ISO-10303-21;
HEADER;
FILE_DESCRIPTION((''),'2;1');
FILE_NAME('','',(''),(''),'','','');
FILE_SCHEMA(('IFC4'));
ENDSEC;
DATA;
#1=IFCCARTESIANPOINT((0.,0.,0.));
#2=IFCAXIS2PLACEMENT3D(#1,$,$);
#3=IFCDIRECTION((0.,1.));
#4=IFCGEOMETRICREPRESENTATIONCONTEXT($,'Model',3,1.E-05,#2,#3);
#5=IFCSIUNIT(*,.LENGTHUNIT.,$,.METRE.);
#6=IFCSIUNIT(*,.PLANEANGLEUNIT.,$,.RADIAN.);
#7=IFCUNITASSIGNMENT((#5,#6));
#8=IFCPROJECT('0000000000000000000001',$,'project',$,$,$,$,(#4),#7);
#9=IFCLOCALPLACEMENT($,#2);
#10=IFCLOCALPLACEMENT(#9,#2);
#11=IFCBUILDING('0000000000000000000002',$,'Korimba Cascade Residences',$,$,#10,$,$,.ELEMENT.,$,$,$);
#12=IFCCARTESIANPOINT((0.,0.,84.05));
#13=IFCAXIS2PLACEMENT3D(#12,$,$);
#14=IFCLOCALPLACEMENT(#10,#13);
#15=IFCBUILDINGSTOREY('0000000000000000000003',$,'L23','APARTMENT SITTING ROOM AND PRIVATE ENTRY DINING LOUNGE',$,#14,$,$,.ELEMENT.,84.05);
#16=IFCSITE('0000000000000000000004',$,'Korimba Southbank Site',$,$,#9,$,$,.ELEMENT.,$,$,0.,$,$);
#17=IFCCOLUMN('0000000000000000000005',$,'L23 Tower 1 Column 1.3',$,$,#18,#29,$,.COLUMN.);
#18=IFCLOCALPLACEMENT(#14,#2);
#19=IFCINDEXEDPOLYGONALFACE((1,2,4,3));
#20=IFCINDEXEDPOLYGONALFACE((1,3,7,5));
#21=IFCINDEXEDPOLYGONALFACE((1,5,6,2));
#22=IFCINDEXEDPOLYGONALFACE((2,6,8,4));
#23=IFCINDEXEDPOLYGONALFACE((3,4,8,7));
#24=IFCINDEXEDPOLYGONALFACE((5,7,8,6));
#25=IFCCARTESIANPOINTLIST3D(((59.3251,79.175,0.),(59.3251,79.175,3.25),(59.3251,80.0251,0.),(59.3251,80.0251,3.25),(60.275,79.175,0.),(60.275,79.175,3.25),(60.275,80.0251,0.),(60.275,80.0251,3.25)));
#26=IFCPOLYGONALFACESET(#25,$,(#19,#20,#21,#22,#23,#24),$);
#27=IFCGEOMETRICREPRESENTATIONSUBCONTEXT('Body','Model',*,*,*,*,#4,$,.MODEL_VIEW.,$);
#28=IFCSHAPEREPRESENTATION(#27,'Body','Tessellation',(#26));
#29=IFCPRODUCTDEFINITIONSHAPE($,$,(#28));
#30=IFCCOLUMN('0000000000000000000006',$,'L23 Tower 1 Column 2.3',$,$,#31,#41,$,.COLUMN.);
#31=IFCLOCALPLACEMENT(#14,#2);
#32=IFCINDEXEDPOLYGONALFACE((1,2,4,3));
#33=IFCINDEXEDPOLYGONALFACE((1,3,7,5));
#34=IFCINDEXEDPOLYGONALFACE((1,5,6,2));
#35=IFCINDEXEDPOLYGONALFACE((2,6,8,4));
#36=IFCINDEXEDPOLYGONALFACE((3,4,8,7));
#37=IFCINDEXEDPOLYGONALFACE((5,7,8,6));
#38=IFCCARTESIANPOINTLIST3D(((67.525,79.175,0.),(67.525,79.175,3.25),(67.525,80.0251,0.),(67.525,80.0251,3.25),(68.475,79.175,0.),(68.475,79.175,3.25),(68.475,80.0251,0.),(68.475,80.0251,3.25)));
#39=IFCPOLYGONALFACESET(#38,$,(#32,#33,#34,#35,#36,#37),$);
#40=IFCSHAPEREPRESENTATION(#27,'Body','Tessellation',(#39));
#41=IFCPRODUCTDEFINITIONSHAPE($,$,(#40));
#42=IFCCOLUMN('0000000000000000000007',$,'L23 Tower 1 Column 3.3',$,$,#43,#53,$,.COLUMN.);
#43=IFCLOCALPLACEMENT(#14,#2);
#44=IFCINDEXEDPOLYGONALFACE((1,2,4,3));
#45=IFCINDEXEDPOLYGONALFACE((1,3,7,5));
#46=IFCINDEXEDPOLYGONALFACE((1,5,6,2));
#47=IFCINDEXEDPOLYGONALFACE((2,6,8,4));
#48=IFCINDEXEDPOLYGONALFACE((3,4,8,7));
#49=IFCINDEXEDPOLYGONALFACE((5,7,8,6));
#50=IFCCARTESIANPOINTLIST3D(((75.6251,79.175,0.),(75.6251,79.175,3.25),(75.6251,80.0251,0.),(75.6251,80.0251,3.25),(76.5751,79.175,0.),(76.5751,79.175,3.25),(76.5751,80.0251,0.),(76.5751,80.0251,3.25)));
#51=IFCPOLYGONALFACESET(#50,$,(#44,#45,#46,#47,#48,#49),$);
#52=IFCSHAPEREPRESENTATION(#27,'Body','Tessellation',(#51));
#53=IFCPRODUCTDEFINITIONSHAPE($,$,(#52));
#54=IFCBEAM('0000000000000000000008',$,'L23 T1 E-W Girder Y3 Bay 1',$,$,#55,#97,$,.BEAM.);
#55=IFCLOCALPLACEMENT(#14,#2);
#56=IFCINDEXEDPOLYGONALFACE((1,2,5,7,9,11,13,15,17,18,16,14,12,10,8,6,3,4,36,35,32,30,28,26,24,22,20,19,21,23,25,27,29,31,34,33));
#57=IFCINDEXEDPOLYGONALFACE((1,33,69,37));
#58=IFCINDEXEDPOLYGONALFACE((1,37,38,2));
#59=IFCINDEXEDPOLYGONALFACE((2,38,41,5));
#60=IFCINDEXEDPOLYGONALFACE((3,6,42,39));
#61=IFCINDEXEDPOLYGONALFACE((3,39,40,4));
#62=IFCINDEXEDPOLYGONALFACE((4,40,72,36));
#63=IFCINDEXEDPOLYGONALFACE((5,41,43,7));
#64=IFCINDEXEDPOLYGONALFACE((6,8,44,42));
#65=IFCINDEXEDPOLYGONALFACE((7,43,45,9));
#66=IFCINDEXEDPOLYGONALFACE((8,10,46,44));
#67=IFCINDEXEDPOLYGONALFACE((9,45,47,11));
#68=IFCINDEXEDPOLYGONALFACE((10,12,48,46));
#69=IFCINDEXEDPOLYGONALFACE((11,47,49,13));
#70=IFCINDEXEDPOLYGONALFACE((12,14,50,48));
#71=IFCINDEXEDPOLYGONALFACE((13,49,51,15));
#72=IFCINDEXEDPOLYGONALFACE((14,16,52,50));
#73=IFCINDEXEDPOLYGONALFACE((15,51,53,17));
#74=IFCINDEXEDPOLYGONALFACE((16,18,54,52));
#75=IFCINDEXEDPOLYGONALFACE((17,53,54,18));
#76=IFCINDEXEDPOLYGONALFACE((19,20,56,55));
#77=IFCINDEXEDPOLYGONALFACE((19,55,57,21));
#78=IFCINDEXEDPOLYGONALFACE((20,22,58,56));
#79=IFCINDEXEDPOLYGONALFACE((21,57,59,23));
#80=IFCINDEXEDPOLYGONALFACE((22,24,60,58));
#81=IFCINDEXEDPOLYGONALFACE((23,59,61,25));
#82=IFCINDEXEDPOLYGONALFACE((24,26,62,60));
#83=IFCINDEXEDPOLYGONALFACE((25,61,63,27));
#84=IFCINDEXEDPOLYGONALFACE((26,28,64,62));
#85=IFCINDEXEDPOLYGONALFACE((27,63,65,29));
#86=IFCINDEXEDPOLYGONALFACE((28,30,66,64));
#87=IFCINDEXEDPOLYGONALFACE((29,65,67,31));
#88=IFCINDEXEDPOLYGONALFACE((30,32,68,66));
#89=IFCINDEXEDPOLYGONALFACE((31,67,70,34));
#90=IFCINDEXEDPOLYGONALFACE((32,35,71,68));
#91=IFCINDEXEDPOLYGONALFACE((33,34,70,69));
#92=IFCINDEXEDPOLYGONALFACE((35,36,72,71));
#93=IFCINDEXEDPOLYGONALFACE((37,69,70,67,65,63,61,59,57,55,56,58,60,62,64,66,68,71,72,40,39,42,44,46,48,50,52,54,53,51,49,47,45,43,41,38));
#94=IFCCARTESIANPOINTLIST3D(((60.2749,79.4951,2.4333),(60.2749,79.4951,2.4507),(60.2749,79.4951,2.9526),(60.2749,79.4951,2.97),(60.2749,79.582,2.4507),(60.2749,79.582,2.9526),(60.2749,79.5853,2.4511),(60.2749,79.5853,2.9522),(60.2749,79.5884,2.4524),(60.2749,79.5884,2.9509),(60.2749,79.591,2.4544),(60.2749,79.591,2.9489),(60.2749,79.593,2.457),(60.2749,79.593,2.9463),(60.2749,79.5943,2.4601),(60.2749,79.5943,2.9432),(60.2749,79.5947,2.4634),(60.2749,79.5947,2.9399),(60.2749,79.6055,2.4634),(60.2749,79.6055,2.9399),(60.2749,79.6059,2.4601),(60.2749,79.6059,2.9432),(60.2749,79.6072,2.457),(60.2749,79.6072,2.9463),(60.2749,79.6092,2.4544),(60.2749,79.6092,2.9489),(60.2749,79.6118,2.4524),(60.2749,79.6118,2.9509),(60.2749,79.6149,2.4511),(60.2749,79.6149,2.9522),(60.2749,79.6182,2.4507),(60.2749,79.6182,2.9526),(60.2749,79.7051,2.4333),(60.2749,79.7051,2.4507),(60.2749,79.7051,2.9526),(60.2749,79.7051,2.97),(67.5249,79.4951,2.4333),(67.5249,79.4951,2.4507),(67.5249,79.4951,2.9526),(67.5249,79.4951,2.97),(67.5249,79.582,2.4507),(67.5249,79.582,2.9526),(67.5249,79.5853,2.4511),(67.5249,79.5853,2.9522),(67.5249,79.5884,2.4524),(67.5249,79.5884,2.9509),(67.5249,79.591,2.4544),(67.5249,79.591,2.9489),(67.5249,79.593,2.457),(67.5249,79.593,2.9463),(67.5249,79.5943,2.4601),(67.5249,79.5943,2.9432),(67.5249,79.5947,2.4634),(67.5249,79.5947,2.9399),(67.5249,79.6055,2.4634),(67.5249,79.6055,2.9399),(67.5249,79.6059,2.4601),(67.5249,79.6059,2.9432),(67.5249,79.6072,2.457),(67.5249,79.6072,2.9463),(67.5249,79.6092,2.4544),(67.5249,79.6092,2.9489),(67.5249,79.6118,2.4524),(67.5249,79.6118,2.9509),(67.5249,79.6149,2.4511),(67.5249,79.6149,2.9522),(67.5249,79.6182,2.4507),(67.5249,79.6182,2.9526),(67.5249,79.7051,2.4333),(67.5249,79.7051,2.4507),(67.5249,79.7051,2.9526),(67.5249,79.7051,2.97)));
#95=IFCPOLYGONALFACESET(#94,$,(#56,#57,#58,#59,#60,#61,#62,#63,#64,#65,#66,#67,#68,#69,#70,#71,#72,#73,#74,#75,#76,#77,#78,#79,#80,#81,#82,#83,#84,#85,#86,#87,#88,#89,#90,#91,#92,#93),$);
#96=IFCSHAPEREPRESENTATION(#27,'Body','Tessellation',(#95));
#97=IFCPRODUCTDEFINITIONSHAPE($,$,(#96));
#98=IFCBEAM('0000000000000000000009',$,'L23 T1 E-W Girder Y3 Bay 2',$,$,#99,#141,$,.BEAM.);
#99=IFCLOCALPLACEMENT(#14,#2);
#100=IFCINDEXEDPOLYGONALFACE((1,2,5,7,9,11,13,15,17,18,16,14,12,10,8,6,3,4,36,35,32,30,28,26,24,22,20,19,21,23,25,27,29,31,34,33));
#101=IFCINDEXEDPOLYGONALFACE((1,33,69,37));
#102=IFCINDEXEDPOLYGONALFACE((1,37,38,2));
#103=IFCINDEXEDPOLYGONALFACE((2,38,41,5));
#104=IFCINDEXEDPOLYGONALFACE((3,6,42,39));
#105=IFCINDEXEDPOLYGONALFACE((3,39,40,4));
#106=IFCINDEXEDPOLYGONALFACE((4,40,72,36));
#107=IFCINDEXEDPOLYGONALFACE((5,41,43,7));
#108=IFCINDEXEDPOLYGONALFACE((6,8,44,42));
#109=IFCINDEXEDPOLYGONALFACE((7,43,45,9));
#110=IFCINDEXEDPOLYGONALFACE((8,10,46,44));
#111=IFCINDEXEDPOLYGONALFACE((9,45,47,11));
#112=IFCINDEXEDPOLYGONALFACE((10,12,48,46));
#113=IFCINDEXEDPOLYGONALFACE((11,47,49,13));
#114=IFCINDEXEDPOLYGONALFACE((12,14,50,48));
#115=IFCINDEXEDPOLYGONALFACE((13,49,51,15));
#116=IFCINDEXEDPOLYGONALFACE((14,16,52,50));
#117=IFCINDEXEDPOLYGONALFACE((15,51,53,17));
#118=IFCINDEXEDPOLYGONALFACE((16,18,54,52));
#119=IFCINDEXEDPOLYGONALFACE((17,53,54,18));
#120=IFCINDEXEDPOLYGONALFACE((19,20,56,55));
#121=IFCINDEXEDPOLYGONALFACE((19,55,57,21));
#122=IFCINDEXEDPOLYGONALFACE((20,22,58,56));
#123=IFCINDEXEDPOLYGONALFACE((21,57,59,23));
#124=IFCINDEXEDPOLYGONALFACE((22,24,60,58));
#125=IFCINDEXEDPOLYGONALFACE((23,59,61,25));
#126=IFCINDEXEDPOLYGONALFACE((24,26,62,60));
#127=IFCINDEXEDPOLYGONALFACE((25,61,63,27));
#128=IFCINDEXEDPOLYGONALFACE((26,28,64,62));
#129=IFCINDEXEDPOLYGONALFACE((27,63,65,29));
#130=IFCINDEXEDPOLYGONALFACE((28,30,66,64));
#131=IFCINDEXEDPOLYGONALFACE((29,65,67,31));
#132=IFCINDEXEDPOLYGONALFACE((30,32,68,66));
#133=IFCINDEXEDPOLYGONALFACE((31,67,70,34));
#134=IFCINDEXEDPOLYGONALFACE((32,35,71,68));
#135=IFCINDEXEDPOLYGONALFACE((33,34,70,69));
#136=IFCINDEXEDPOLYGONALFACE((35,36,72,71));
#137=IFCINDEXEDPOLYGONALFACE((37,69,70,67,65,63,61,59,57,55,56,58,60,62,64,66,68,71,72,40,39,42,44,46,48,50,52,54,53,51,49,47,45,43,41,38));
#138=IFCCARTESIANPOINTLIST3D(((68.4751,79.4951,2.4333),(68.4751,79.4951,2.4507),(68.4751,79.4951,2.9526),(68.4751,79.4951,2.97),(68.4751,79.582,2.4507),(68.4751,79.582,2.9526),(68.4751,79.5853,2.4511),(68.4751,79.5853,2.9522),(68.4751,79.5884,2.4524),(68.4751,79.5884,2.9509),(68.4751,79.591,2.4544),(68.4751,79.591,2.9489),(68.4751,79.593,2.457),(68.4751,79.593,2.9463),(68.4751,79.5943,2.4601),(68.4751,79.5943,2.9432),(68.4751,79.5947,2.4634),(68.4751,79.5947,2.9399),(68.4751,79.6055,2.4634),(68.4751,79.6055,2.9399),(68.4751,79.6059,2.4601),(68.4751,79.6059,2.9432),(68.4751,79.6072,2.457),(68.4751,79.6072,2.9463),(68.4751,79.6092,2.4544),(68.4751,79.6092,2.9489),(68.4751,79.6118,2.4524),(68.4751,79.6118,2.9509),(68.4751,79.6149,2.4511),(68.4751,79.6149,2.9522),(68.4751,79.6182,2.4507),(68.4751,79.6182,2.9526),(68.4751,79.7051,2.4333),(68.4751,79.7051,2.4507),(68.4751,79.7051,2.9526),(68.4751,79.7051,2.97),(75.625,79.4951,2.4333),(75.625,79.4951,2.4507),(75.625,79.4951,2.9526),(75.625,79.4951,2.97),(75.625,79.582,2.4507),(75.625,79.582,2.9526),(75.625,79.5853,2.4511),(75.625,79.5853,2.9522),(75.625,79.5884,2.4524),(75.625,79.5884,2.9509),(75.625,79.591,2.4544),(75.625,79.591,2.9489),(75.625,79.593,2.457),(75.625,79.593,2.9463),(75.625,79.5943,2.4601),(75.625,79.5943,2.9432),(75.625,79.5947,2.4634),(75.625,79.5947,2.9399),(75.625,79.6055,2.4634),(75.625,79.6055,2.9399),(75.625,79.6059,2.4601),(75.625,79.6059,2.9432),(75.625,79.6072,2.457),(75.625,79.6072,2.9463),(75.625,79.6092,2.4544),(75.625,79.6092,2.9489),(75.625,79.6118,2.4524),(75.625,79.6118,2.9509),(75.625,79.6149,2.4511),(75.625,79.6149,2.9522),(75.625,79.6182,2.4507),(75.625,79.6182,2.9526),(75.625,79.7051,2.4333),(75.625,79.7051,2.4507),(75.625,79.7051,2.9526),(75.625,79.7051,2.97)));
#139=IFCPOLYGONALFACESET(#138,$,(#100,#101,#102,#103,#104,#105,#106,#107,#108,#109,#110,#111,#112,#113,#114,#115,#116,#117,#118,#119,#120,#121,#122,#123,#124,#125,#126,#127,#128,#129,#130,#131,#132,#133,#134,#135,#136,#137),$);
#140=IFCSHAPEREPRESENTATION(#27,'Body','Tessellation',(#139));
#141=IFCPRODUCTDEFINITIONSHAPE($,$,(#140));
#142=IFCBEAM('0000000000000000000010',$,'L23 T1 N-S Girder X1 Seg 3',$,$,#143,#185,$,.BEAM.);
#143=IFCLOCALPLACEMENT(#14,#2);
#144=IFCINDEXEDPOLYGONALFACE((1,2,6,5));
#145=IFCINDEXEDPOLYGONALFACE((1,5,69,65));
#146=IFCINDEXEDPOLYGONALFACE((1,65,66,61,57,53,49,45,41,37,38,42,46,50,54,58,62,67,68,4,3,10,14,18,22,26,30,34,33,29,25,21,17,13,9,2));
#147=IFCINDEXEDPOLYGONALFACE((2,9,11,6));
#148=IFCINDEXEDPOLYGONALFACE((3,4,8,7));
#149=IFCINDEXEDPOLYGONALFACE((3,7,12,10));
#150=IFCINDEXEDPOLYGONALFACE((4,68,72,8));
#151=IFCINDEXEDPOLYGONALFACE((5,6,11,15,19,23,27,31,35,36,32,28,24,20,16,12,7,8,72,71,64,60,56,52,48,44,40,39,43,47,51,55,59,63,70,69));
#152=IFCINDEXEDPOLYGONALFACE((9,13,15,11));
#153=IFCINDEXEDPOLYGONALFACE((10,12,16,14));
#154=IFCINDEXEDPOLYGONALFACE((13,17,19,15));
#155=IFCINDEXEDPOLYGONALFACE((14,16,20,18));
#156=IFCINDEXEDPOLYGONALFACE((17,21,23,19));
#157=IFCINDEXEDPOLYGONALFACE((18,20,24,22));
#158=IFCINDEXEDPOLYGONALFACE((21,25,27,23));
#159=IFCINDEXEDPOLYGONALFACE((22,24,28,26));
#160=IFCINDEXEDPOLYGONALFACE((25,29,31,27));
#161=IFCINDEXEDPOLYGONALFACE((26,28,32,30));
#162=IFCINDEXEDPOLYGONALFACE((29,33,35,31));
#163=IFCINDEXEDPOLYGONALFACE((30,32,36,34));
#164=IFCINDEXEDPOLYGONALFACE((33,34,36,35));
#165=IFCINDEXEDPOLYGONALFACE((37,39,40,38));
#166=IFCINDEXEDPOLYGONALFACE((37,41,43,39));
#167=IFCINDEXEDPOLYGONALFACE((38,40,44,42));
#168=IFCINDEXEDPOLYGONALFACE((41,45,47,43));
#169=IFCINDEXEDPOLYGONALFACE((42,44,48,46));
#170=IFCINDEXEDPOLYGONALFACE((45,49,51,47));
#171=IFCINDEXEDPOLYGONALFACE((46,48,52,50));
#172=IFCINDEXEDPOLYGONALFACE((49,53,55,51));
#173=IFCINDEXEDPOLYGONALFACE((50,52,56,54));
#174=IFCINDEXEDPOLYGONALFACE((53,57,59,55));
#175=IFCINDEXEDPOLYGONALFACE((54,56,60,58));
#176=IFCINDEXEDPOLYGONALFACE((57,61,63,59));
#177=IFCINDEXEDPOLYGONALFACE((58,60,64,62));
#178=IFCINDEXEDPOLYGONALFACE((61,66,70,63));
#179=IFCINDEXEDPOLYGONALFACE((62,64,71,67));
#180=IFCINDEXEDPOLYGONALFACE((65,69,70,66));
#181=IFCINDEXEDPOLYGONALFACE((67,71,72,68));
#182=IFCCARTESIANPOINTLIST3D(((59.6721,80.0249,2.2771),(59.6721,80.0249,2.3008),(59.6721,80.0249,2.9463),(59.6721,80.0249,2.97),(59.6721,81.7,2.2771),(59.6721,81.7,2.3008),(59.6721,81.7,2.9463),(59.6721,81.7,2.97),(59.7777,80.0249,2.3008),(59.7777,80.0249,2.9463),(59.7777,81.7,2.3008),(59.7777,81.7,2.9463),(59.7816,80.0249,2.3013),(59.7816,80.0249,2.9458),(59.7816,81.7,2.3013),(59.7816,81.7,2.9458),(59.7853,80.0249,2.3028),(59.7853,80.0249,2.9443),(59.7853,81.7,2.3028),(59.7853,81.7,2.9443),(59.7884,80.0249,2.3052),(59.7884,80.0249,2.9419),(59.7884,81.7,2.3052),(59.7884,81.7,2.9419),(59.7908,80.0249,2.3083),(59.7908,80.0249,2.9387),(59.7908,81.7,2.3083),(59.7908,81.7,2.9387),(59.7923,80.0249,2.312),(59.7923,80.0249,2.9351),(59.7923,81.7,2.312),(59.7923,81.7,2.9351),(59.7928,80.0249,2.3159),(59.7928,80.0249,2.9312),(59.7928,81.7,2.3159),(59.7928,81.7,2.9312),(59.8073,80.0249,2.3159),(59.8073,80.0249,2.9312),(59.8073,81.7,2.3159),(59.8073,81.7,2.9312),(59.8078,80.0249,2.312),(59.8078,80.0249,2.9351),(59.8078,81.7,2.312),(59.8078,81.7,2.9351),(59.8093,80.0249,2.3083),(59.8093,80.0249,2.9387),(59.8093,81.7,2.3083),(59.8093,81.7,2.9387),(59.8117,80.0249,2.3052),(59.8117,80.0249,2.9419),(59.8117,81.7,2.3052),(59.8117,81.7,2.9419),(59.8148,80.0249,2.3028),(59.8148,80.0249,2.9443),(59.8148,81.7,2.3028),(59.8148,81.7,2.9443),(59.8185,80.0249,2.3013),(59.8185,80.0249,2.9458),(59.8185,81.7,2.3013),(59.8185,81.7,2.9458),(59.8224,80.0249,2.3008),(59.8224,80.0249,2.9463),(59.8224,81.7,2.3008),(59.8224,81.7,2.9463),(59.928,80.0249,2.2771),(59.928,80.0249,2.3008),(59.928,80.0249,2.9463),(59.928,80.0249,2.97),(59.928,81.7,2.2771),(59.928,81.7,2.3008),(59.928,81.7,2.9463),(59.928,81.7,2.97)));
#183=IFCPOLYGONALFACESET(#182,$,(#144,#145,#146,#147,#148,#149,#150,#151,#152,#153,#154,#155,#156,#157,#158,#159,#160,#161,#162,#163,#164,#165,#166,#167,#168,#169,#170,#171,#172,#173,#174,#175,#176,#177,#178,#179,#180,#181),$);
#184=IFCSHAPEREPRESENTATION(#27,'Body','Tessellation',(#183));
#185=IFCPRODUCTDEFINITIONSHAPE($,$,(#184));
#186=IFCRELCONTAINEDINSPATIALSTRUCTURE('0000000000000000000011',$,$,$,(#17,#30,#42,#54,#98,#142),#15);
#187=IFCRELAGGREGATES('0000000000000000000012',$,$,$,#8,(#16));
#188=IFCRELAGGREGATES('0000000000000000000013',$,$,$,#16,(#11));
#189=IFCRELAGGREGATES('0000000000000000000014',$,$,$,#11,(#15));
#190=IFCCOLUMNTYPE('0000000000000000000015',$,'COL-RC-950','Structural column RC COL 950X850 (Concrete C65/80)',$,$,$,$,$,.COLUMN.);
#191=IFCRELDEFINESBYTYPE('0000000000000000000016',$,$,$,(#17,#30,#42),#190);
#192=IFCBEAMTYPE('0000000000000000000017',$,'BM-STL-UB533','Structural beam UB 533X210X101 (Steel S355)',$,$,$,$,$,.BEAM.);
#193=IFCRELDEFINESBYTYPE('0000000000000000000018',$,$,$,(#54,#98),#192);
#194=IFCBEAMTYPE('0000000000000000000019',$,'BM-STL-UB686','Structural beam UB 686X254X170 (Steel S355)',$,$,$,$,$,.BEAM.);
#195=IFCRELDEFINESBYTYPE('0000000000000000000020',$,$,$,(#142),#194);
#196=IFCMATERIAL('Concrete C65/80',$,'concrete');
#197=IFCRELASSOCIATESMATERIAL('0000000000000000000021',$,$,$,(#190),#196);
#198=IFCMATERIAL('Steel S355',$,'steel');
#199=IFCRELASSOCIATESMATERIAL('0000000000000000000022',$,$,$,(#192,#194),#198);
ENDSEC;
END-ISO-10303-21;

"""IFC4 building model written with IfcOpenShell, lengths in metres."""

from ifc_helpers import new_model, si_unit, direction, frame, origin, origin_2d, place, context, subcontext, project, spatial, rectangle, i_section, extrude, material, material_profile, profile_set, type_object, element, save


model = new_model("IFC4")

# Units and contexts
model_context = context("Model", 3, precision=1e-05, world=origin(), true_north=direction((0.0, 1.0)))
body_context = subcontext(model_context, "Body", "Model", "MODEL_VIEW")
ifc_project = project(units=[si_unit("LENGTHUNIT", "METRE"), si_unit("PLANEANGLEUNIT", "RADIAN")], contexts=[model_context])

# Site, building, storey
site_placement = place(None, origin())
site = spatial("IfcSite", under=ifc_project, at=site_placement, Name="Korimba Southbank Site", CompositionType="ELEMENT", RefElevation=0.0)
building_placement = place(site_placement, origin())
building = spatial("IfcBuilding", under=site, at=building_placement, Name="Korimba Cascade Residences", CompositionType="ELEMENT")
storey_placement = place(building_placement, frame((0.0, 0.0, 84.05)))
storey = spatial("IfcBuildingStorey", under=building, at=storey_placement, Name="L23", Description="APARTMENT SITTING ROOM AND PRIVATE ENTRY DINING LOUNGE", CompositionType="ELEMENT", Elevation=84.05)

# Columns
ifc_material_1 = material(Name="Concrete C65/80", Category="concrete")
ifc_material_profile_1 = material_profile(ifc_material_1, rectangle(XDim=0.95, YDim=0.8501, at=origin_2d()), Name="Concrete C65/80")
ifc_profile_set_1 = profile_set([ifc_material_profile_1], Name="Concrete C65/80")
column_type = type_object("IfcColumnType", Name="COL-RC-950", Description="Structural column RC COL 950X850 (Concrete C65/80)", PredefinedType="COLUMN", material=ifc_profile_set_1)
for number, where, z_axis, x_axis, name in (
    (1, (59.8, 79.6001, 0.0), (0.0, 0.0, 1.0), (1.0, 0.0, 0.0), "L23 Tower 1 Column 1.3"),
    (2, (68.0, 79.6001, 0.0), (0.0, 0.0, 1.0), (1.0, 0.0, 0.0), "L23 Tower 1 Column 2.3"),
    (3, (76.1001, 79.6001, 0.0), (0.0, 0.0, 1.0), (1.0, 0.0, 0.0), "L23 Tower 1 Column 3.3"),
):
    element("IfcColumn", number, at=place(storey_placement, frame(where, z_axis=z_axis, x_axis=x_axis)), inside=storey, type_object=column_type, Name=name, PredefinedType="COLUMN", context=body_context, shape_type="SweptSolid", body=[
        extrude(rectangle(XDim=0.95, YDim=0.8501, at=origin_2d()), origin(), (0.0, 0.0, 1.0), 3.25),
    ])

# Beams
ifc_material_2 = material(Name="Steel S355", Category="steel")
ifc_material_profile_2 = material_profile(ifc_material_2, i_section(OverallWidth=0.21, OverallDepth=0.5366, WebThickness=0.0107, FlangeThickness=0.0173, FilletRadius=0.0127, at=origin_2d()), Name="Steel S355")
ifc_profile_set_2 = profile_set([ifc_material_profile_2], Name="Steel S355")
beam_type_1 = type_object("IfcBeamType", Name="BM-STL-UB533", Description="Structural beam UB 533X210X101 (Steel S355)", PredefinedType="BEAM", material=ifc_profile_set_2)
beam_1_placement = place(storey_placement, frame((60.2749, 79.6001, 2.7017), z_axis=(1.0, 0.0, 0.0), x_axis=(0.0, 1.0, 0.0)))
element("IfcBeam", 4, at=beam_1_placement, inside=storey, type_object=beam_type_1, Name="L23 T1 E-W Girder Y3 Bay 1", PredefinedType="BEAM", context=body_context, shape_type="SweptSolid", body=[
    extrude(i_section(OverallWidth=0.21, OverallDepth=0.5366, WebThickness=0.0107, FlangeThickness=0.0173, FilletRadius=0.0127, at=origin_2d()), origin(), (0.0, 0.0, 1.0), 7.25),
])
beam_2_placement = place(storey_placement, frame((68.4751, 79.6001, 2.7017), z_axis=(1.0, 0.0, 0.0), x_axis=(0.0, 1.0, 0.0)))
element("IfcBeam", 5, at=beam_2_placement, inside=storey, type_object=beam_type_1, Name="L23 T1 E-W Girder Y3 Bay 2", PredefinedType="BEAM", context=body_context, shape_type="SweptSolid", body=[
    extrude(i_section(OverallWidth=0.21, OverallDepth=0.5366, WebThickness=0.0107, FlangeThickness=0.0173, FilletRadius=0.0127, at=origin_2d()), origin(), (0.0, 0.0, 1.0), 7.1499),
])
ifc_material_profile_3 = material_profile(ifc_material_2, i_section(OverallWidth=0.2559, OverallDepth=0.6929, WebThickness=0.0144, FlangeThickness=0.0237, FilletRadius=0.0151, at=origin_2d()), Name="Steel S355")
ifc_profile_set_3 = profile_set([ifc_material_profile_3], Name="Steel S355")
beam_type_2 = type_object("IfcBeamType", Name="BM-STL-UB686", Description="Structural beam UB 686X254X170 (Steel S355)", PredefinedType="BEAM", material=ifc_profile_set_3)
beam_3_placement = place(storey_placement, frame((59.8, 80.0249, 2.6235), z_axis=(0.0, 1.0, 0.0), x_axis=(-1.0, 0.0, 0.0)))
element("IfcBeam", 6, at=beam_3_placement, inside=storey, type_object=beam_type_2, Name="L23 T1 N-S Girder X1 Seg 3", PredefinedType="BEAM", context=body_context, shape_type="SweptSolid", body=[
    extrude(i_section(OverallWidth=0.2559, OverallDepth=0.6929, WebThickness=0.0144, FlangeThickness=0.0237, FilletRadius=0.0151, at=origin_2d()), origin(), (0.0, 0.0, 1.0), 1.675),
])

save(model, "model.ifc")
